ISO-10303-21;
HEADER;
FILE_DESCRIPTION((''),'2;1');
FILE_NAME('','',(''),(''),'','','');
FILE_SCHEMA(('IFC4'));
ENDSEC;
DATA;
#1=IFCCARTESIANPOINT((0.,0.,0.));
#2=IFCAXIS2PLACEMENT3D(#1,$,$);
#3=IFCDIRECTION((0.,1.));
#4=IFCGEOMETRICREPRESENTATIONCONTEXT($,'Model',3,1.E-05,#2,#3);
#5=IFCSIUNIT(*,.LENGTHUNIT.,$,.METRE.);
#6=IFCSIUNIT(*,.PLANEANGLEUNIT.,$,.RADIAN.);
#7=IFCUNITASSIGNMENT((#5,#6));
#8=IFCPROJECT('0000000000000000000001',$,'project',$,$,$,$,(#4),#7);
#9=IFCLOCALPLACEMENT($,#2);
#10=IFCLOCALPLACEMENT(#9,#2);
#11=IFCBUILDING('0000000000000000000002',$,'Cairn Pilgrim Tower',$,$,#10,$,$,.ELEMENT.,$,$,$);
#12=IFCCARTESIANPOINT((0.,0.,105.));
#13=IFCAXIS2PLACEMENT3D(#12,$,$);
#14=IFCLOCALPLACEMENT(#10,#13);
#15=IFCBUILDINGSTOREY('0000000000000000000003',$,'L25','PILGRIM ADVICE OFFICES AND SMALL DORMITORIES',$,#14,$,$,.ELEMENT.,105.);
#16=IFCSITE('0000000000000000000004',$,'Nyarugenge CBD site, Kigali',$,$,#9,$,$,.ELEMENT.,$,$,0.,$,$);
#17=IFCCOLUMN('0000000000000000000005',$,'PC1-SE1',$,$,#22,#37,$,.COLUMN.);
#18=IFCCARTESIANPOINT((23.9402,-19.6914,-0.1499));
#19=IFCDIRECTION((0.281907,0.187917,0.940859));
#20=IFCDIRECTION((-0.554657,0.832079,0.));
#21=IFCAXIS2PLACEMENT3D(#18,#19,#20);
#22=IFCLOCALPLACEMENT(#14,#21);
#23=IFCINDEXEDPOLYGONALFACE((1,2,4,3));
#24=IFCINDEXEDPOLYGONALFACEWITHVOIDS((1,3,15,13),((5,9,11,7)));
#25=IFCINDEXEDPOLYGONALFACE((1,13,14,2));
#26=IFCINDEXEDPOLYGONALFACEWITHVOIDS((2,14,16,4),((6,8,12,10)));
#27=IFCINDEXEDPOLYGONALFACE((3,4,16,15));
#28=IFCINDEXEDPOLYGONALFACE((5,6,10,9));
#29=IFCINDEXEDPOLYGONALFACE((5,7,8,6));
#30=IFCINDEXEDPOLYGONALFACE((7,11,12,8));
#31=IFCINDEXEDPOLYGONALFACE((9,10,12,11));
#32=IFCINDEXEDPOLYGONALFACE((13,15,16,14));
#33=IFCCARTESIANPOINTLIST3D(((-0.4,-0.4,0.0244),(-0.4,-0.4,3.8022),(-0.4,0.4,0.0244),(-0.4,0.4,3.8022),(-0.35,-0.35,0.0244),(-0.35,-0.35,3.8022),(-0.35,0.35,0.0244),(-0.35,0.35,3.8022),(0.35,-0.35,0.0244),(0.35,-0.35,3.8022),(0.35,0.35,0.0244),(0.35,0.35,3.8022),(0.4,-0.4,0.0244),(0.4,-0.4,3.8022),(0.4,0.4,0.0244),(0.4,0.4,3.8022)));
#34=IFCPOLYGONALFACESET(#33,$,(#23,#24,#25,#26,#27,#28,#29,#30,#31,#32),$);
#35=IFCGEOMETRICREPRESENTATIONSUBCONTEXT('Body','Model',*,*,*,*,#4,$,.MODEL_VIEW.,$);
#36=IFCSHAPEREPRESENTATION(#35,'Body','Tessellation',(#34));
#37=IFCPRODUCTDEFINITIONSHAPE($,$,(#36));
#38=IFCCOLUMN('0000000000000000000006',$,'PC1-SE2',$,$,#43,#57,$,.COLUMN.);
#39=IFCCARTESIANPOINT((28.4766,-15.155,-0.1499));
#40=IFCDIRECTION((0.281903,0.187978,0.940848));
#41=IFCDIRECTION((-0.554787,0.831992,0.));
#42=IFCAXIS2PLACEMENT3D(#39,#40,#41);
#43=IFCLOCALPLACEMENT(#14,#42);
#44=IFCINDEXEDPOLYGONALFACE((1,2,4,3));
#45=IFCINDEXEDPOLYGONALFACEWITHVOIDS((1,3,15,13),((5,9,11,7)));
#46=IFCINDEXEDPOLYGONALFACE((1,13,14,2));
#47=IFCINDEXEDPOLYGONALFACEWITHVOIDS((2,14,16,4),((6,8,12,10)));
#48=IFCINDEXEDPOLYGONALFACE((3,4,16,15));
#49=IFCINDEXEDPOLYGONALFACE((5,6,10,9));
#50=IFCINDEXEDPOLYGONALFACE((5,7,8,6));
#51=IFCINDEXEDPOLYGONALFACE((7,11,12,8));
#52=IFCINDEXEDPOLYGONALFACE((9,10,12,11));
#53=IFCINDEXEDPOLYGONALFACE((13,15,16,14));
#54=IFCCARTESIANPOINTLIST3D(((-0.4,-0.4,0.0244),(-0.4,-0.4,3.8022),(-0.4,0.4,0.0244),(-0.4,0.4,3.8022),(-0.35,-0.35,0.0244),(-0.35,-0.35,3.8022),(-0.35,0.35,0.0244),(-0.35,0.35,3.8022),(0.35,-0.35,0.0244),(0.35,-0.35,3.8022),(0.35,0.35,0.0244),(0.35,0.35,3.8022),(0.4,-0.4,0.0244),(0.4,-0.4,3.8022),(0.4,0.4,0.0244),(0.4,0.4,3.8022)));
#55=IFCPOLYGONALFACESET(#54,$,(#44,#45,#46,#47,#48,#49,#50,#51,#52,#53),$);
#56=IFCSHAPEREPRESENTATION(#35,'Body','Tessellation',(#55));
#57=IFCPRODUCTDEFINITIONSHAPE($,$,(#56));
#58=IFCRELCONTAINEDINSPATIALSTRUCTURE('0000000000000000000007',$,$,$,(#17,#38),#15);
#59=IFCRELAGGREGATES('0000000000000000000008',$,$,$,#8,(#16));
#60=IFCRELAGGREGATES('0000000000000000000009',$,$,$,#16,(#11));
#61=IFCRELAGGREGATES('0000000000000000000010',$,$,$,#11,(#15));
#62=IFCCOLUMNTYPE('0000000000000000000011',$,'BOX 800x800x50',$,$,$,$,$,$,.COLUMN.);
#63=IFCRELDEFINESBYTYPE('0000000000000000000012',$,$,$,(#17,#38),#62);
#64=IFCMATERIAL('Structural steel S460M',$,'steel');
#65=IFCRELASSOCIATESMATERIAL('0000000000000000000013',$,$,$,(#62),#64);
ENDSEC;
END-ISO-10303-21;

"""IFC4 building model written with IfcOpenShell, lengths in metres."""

from ifc_helpers import new_model, si_unit, direction, frame, origin, origin_2d, place, context, subcontext, project, spatial, hollow_rectangle, extrude, clip, halfspace, material, material_profile, profile_set, type_object, element, save


model = new_model("IFC4")

# Units and contexts
model_context = context("Model", 3, precision=1e-05, world=origin(), true_north=direction((0.0, 1.0)))
body_context = subcontext(model_context, "Body", "Model", "MODEL_VIEW")
ifc_project = project(units=[si_unit("LENGTHUNIT", "METRE"), si_unit("PLANEANGLEUNIT", "RADIAN")], contexts=[model_context])

# Site, building, storey
site_placement = place(None, origin())
site = spatial("IfcSite", under=ifc_project, at=site_placement, Name="Nyarugenge CBD site, Kigali", CompositionType="ELEMENT", RefElevation=0.0)
building_placement = place(site_placement, origin())
building = spatial("IfcBuilding", under=site, at=building_placement, Name="Cairn Pilgrim Tower", CompositionType="ELEMENT")
storey_placement = place(building_placement, frame((0.0, 0.0, 105.0)))
storey = spatial("IfcBuildingStorey", under=building, at=storey_placement, Name="L25", Description="PILGRIM ADVICE OFFICES AND SMALL DORMITORIES", CompositionType="ELEMENT", Elevation=105.0)

# Columns
ifc_material_1 = material(Name="Structural steel S460M", Category="steel")
ifc_material_profile_1 = material_profile(ifc_material_1, hollow_rectangle(XDim=0.8, YDim=0.8, WallThickness=0.05, at=origin_2d()), Name="BOX 800x800x50")
ifc_profile_set_1 = profile_set([ifc_material_profile_1], Name="Structural steel S460M")
column_type = type_object("IfcColumnType", Name="BOX 800x800x50", PredefinedType="COLUMN", material=ifc_profile_set_1)
for number, where, z_axis, x_axis, name in (
    (1, (23.9402, -19.6914, -0.1499), (0.281907, 0.187917, 0.940859), (-0.554657, 0.832079, 0.0), "PC1-SE1"),
    (2, (28.4766, -15.155, -0.1499), (0.281903, 0.187978, 0.940848), (-0.554787, 0.831992, 0.0), "PC1-SE2"),
):
    element("IfcColumn", number, at=place(storey_placement, frame(where, z_axis=z_axis, x_axis=x_axis)), inside=storey, type_object=column_type, Name=name, PredefinedType="COLUMN", context=body_context, shape_type="Clipping", body=[
        clip(clip(extrude(hollow_rectangle(XDim=0.8, YDim=0.8, WallThickness=0.05, at=origin_2d()), origin(), (0.0, 0.0, 1.0), 3.8262), halfspace(frame((0.0, 0.0, 0.0244), z_axis=(0.0, 0.0, 1.0), x_axis=(1.0, 0.0, 0.0)), True)), halfspace(frame((0.0, 0.0, 3.8022), z_axis=(0.0, 0.0, 1.0), x_axis=(1.0, 0.0, 0.0)), False)),
    ])

save(model, "model.ifc")
